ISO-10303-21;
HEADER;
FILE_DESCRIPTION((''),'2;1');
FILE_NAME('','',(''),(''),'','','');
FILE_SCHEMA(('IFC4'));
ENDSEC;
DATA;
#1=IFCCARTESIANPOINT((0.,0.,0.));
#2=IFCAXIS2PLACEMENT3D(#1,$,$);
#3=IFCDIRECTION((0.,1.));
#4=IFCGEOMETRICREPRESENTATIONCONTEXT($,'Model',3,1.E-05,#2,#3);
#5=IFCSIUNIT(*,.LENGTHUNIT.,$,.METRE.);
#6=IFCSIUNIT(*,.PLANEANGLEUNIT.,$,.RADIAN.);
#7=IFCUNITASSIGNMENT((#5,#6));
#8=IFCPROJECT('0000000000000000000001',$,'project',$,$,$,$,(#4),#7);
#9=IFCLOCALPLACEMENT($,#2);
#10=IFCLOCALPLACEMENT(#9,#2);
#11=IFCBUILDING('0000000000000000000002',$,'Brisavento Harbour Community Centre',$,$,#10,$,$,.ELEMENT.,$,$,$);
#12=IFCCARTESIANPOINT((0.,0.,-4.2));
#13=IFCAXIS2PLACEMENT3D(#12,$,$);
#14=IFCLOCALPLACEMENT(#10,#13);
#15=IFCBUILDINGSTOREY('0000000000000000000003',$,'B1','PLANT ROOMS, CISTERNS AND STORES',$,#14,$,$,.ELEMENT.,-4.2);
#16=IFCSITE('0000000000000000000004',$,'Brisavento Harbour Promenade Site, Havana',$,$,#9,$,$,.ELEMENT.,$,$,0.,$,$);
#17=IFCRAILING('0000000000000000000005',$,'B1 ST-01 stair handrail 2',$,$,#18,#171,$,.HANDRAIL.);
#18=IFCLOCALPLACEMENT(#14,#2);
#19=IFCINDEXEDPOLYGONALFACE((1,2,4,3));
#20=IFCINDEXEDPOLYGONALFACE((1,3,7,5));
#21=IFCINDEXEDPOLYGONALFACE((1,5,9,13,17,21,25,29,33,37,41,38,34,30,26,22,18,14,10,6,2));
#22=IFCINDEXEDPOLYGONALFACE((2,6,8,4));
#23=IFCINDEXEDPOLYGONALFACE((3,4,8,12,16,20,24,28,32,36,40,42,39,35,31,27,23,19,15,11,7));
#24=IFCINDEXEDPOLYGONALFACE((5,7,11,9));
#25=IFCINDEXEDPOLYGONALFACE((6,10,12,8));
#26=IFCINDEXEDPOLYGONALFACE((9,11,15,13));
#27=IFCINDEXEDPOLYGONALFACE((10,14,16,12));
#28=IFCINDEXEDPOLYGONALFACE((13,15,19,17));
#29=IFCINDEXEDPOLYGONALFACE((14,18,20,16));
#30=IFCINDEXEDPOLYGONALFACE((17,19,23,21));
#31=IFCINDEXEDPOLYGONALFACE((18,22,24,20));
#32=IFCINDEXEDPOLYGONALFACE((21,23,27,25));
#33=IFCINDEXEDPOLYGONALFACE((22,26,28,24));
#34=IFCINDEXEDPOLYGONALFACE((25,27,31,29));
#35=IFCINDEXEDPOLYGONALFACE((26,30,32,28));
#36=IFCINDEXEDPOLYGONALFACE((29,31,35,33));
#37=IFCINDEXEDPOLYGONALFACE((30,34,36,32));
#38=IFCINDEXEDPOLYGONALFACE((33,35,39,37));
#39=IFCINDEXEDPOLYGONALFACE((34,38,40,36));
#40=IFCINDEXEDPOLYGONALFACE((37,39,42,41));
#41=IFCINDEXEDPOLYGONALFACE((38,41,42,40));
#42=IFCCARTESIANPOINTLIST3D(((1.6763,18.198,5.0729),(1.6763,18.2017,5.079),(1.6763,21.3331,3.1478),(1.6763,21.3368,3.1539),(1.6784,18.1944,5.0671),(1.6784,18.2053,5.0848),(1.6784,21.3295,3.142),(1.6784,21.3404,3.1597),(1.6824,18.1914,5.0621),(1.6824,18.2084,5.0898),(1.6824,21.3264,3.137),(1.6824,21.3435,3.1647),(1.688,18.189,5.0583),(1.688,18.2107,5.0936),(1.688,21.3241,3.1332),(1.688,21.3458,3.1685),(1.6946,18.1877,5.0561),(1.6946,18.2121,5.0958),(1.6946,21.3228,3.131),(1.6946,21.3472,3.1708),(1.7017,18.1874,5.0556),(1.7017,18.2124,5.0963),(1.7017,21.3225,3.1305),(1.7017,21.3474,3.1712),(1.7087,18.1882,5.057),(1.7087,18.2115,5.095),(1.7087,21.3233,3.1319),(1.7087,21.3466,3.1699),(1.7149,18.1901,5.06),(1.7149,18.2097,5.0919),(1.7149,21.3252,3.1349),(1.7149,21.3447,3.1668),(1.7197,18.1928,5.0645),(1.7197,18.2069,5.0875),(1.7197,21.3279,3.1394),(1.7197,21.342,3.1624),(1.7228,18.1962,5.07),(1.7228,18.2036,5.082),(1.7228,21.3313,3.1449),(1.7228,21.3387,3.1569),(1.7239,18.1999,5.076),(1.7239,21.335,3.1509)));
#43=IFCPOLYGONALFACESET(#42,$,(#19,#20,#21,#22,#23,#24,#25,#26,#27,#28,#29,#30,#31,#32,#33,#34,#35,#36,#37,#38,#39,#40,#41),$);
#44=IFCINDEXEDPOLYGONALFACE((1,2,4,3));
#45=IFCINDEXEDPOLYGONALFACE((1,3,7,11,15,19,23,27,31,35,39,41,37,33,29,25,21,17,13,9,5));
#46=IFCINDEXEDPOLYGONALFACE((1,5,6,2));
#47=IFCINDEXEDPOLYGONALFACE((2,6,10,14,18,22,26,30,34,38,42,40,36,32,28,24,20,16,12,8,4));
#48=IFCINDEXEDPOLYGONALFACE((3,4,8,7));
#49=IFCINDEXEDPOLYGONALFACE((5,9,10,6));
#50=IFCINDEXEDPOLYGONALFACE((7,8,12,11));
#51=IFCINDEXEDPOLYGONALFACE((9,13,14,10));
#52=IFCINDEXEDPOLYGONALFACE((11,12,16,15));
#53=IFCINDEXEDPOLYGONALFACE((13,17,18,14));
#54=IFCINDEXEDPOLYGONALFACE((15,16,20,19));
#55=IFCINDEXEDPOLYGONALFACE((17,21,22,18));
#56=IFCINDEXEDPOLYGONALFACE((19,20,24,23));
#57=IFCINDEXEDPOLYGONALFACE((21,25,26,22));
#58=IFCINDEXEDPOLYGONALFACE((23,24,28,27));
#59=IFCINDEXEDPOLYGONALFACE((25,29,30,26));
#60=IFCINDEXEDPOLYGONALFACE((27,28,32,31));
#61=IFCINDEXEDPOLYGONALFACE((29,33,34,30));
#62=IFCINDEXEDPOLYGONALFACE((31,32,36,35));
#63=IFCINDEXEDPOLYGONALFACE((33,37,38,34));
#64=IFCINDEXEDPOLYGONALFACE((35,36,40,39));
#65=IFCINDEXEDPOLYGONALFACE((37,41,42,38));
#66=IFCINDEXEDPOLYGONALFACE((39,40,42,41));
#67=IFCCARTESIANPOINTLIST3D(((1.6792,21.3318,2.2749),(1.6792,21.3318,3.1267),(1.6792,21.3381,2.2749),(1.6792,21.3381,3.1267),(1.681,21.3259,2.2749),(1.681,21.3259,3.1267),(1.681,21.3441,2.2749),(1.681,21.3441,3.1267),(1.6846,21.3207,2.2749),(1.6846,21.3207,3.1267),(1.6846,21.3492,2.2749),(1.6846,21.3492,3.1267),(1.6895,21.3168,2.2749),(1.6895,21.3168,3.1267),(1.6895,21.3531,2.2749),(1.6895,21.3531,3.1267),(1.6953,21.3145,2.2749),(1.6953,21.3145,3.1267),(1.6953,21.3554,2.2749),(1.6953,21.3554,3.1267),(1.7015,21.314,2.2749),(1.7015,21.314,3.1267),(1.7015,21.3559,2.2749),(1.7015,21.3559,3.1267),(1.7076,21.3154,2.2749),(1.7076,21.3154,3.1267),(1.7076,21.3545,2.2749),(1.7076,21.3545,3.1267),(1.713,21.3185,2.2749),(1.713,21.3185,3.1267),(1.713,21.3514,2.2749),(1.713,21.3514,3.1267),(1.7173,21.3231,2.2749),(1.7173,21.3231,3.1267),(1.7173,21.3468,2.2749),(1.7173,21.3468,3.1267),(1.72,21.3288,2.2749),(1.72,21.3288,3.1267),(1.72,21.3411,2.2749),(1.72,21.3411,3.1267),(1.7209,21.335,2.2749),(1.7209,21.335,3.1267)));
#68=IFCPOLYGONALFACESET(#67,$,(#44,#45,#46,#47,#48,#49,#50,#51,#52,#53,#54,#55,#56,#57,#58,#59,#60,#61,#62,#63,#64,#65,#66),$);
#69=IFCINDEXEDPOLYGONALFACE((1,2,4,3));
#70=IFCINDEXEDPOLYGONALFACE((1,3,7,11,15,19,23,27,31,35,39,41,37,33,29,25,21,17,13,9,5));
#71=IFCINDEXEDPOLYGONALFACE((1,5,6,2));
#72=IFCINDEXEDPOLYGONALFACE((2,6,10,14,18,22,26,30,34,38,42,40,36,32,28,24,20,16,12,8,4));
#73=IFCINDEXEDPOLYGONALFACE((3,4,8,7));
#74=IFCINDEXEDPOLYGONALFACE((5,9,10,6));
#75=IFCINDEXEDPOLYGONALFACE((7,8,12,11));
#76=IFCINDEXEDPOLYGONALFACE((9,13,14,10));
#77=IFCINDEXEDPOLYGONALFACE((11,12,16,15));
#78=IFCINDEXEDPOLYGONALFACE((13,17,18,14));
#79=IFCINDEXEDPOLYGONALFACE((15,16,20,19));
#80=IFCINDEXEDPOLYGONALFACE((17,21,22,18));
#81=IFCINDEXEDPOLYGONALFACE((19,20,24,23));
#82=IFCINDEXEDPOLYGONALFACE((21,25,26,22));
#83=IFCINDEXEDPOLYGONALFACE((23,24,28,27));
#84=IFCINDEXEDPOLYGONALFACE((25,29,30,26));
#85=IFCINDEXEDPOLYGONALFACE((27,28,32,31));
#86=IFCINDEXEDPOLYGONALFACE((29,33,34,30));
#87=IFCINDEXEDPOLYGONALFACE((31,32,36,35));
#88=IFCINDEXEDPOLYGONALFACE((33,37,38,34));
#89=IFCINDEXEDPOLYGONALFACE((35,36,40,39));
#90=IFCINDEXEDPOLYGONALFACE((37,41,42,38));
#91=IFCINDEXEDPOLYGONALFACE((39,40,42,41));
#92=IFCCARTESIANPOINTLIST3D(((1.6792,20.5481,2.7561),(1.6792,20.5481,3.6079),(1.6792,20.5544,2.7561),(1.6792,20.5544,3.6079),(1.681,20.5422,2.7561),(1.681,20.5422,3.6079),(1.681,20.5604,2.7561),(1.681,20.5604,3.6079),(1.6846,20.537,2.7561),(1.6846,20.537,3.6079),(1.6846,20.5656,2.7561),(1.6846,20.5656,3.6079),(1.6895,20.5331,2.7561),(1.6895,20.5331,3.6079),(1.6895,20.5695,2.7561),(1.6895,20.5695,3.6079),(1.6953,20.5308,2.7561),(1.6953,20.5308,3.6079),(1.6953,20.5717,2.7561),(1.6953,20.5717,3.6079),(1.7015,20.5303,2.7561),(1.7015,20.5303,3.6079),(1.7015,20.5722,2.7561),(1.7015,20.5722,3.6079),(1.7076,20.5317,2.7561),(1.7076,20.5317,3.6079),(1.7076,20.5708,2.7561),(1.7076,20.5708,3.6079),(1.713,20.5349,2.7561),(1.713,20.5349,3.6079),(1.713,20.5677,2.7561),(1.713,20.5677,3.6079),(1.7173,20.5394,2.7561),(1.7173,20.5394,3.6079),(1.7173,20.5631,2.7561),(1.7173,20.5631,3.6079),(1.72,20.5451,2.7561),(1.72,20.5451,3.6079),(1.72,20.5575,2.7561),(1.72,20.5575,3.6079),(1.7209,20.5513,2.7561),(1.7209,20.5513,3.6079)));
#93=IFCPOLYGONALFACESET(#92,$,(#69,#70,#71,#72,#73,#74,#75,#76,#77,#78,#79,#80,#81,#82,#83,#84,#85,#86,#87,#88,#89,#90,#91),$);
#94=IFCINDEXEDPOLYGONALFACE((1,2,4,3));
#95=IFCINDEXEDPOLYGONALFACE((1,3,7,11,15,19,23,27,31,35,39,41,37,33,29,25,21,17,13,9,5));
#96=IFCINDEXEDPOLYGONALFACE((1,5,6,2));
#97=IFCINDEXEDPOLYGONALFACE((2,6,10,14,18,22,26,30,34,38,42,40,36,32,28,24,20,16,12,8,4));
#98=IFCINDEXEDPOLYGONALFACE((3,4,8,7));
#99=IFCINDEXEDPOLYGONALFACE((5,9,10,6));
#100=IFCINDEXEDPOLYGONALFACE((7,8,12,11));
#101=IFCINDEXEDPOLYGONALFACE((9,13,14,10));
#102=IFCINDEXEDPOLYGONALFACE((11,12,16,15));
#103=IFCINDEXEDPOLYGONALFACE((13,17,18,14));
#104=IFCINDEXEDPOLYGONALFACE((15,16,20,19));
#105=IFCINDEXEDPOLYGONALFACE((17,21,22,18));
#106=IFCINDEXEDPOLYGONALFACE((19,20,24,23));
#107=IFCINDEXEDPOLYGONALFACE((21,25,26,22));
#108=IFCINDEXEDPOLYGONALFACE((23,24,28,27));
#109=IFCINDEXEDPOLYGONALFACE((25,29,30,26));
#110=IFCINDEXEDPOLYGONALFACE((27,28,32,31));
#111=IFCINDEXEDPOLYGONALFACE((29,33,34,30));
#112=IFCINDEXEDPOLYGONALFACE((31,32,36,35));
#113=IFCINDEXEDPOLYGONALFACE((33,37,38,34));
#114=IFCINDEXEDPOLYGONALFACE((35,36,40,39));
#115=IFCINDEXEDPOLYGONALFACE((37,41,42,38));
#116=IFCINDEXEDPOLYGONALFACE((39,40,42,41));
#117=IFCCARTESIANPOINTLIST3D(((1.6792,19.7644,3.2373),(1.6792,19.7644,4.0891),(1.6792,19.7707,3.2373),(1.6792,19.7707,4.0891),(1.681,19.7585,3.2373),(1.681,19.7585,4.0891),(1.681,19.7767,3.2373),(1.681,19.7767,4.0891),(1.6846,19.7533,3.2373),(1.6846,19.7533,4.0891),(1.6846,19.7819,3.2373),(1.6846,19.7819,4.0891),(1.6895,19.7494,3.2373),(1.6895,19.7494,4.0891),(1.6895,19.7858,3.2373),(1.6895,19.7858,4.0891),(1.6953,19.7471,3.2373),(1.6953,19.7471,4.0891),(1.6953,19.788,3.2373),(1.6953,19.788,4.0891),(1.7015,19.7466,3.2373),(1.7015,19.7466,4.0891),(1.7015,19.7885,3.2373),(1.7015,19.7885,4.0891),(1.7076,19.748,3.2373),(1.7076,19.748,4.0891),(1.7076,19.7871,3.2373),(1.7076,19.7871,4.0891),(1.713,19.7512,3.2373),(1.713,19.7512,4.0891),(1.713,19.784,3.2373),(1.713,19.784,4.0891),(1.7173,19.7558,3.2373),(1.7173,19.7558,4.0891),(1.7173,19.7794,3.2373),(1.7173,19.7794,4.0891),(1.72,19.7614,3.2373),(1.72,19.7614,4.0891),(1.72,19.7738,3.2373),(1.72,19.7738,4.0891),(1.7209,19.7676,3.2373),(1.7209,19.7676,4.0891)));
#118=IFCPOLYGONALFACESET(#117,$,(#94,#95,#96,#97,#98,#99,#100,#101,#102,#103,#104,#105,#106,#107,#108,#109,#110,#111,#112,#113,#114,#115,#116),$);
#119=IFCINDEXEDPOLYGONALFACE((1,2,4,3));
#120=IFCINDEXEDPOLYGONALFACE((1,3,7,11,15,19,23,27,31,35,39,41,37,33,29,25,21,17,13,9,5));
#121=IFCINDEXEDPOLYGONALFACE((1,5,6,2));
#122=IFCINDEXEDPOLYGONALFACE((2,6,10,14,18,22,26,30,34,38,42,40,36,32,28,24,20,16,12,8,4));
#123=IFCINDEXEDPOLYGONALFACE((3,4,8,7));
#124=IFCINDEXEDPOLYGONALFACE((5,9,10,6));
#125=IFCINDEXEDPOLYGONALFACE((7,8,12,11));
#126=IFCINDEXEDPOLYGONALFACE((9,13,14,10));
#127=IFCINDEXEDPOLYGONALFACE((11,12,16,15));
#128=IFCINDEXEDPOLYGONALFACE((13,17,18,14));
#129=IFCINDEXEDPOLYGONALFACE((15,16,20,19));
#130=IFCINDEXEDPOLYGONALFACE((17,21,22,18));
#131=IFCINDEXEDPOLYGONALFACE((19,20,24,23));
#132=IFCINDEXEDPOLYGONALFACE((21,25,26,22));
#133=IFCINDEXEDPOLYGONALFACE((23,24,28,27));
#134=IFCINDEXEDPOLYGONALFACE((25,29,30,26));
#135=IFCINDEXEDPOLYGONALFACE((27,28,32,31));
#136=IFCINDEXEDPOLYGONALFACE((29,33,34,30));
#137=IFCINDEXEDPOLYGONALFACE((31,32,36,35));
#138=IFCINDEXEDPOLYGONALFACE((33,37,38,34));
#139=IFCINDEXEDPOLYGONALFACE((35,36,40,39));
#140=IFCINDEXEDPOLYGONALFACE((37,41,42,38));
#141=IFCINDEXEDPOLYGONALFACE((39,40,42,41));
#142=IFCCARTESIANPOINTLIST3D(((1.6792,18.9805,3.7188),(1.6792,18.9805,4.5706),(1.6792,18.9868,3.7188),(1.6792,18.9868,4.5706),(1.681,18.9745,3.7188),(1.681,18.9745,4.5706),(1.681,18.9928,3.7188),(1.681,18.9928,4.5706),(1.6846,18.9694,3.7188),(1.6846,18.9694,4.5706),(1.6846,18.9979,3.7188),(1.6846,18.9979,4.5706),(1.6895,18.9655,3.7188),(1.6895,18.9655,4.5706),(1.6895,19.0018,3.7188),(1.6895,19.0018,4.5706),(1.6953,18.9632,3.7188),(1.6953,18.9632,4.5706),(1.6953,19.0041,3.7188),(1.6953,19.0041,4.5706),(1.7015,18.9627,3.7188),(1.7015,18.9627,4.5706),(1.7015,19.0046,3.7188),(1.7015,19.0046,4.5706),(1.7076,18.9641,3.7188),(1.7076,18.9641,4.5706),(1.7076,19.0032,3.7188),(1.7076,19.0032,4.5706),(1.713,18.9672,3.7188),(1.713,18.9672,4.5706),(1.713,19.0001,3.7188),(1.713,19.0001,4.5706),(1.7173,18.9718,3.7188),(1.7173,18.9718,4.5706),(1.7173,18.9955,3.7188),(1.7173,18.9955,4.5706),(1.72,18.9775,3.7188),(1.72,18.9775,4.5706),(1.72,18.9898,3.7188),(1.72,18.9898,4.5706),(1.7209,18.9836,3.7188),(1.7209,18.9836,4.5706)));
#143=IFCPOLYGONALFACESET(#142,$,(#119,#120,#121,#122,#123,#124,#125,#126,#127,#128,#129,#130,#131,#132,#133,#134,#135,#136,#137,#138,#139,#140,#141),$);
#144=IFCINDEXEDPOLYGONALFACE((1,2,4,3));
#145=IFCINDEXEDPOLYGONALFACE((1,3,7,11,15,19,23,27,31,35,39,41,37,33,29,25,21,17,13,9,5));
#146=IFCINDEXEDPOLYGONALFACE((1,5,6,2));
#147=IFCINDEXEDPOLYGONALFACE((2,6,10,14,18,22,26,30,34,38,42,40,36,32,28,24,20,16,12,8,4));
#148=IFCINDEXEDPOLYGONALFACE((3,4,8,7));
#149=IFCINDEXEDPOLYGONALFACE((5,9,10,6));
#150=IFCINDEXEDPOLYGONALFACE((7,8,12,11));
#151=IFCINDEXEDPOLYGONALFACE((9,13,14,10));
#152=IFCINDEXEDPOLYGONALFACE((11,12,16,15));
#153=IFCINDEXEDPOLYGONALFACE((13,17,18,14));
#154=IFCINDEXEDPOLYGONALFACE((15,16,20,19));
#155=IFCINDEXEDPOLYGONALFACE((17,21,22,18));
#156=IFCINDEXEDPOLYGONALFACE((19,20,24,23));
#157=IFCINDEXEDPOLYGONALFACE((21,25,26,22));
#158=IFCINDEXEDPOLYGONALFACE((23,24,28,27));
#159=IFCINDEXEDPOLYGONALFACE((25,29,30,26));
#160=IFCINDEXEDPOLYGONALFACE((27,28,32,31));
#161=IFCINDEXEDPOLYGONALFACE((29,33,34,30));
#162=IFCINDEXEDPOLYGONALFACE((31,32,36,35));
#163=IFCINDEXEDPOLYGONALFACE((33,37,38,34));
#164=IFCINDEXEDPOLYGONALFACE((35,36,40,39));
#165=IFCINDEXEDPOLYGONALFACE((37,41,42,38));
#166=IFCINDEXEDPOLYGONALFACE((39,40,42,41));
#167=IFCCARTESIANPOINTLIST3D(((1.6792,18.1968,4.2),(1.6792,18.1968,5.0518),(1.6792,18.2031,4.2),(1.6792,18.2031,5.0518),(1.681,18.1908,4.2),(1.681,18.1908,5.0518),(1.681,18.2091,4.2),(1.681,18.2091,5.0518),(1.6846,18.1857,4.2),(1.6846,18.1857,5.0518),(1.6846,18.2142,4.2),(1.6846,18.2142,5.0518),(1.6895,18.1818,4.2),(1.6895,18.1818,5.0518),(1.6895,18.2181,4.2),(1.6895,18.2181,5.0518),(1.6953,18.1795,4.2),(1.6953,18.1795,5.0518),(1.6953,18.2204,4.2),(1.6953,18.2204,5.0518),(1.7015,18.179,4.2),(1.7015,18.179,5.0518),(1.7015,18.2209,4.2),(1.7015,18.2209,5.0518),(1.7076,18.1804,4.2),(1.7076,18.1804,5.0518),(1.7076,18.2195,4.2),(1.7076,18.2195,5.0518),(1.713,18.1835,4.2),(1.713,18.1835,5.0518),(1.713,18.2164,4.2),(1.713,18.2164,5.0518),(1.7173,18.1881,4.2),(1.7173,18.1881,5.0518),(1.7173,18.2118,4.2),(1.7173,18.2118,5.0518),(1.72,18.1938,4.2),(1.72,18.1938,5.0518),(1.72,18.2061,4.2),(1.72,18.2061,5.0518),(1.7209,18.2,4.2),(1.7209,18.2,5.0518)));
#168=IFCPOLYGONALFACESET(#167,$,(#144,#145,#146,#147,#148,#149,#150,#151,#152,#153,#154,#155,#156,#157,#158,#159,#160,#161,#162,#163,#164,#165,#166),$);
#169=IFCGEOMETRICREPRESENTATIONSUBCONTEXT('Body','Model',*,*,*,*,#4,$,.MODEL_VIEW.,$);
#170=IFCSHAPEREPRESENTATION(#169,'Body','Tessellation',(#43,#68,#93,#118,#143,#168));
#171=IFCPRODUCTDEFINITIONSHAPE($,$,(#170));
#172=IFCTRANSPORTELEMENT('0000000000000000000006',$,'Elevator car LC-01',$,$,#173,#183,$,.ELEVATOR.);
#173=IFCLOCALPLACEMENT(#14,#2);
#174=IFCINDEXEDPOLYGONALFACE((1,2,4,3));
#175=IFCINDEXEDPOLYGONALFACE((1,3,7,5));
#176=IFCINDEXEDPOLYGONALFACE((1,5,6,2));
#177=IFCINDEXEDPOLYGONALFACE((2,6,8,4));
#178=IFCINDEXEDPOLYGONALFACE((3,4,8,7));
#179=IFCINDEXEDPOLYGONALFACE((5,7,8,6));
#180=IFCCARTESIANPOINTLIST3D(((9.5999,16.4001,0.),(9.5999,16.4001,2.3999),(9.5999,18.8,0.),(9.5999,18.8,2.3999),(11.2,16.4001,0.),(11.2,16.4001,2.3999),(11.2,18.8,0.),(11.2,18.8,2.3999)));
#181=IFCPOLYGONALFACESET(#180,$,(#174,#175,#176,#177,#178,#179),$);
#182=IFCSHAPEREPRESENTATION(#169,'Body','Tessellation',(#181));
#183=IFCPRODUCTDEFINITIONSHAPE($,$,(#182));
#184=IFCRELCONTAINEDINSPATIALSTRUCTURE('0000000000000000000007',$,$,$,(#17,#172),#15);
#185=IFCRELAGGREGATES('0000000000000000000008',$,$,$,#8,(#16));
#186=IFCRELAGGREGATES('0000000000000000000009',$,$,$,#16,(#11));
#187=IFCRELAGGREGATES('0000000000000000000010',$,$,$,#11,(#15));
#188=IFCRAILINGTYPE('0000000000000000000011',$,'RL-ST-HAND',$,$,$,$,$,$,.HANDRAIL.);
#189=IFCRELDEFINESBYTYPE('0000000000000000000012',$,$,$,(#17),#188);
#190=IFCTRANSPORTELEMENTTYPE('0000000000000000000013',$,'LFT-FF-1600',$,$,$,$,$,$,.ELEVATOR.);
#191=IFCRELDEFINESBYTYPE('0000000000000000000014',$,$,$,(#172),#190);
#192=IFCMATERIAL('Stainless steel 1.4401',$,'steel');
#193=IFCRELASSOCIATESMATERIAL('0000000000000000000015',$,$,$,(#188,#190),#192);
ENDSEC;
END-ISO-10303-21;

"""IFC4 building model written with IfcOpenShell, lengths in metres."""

from ifc_helpers import new_model, si_unit, direction, frame, origin, origin_2d, place, context, subcontext, project, spatial, rectangle, circle, extrude, material, type_object, element, save


model = new_model("IFC4")

# Units and contexts
model_context = context("Model", 3, precision=1e-05, world=origin(), true_north=direction((0.0, 1.0)))
body_context = subcontext(model_context, "Body", "Model", "MODEL_VIEW")
ifc_project = project(units=[si_unit("LENGTHUNIT", "METRE"), si_unit("PLANEANGLEUNIT", "RADIAN")], contexts=[model_context])

# Site, building, storey
site_placement = place(None, origin())
site = spatial("IfcSite", under=ifc_project, at=site_placement, Name="Brisavento Harbour Promenade Site, Havana", CompositionType="ELEMENT", RefElevation=0.0)
building_placement = place(site_placement, origin())
building = spatial("IfcBuilding", under=site, at=building_placement, Name="Brisavento Harbour Community Centre", CompositionType="ELEMENT")
storey_placement = place(building_placement, frame((0.0, 0.0, -4.2)))
storey = spatial("IfcBuildingStorey", under=building, at=storey_placement, Name="B1", Description="PLANT ROOMS, CISTERNS AND STORES", CompositionType="ELEMENT", Elevation=-4.2)

# Shared definitions
ifc_material_1 = material(Name="Stainless steel 1.4401", Category="steel")

# Railing
railing_type_1 = type_object("IfcRailingType", Name="RL-ST-HAND", PredefinedType="HANDRAIL", material=ifc_material_1)
railing_1_placement = place(storey_placement, frame((1.7, 21.335, 2.2749)))
element("IfcRailing", 1, at=railing_1_placement, inside=storey, type_object=railing_type_1, Name="B1 ST-01 stair handrail 2", PredefinedType="HANDRAIL", context=body_context, shape_type="SweptSolid", body=[
    extrude(circle(Radius=0.0239, at=origin_2d()), frame((0.0, 0.0, 0.876), z_axis=(0.0, -0.852166, 0.523271), x_axis=(1.0, 0.0, 0.0)), (0.0, 0.0, 1.0), 3.679),
    extrude(circle(Radius=0.021, at=origin_2d()), origin(), (0.0, 0.0, 1.0), 0.8518),
    extrude(circle(Radius=0.021, at=origin_2d()), frame((0.0, -0.7837, 0.4812)), (0.0, 0.0, 1.0), 0.8518),
    extrude(circle(Radius=0.021, at=origin_2d()), frame((0.0, -1.5674, 0.9624)), (0.0, 0.0, 1.0), 0.8518),
    extrude(circle(Radius=0.021, at=origin_2d()), frame((0.0, -2.3513, 1.4438)), (0.0, 0.0, 1.0), 0.8518),
    extrude(circle(Radius=0.021, at=origin_2d()), frame((0.0, -3.135, 1.925)), (0.0, 0.0, 1.0), 0.8518),
])

# Transport element
transport_element_type = type_object("IfcTransportElementType", Name="LFT-FF-1600", PredefinedType="ELEVATOR", material=ifc_material_1)
transport_element_placement = place(storey_placement, frame((10.3999, 17.6001, 0.0), z_axis=(0.0, 0.0, 1.0), x_axis=(1.0, 0.0, 0.0)))
element("IfcTransportElement", 2, at=transport_element_placement, inside=storey, type_object=transport_element_type, Name="Elevator car LC-01", PredefinedType="ELEVATOR", context=body_context, shape_type="SweptSolid", body=[
    extrude(rectangle(XDim=1.6001, YDim=2.3999, at=origin_2d()), origin(), (0.0, 0.0, 1.0), 2.3999),
])

save(model, "model.ifc")
